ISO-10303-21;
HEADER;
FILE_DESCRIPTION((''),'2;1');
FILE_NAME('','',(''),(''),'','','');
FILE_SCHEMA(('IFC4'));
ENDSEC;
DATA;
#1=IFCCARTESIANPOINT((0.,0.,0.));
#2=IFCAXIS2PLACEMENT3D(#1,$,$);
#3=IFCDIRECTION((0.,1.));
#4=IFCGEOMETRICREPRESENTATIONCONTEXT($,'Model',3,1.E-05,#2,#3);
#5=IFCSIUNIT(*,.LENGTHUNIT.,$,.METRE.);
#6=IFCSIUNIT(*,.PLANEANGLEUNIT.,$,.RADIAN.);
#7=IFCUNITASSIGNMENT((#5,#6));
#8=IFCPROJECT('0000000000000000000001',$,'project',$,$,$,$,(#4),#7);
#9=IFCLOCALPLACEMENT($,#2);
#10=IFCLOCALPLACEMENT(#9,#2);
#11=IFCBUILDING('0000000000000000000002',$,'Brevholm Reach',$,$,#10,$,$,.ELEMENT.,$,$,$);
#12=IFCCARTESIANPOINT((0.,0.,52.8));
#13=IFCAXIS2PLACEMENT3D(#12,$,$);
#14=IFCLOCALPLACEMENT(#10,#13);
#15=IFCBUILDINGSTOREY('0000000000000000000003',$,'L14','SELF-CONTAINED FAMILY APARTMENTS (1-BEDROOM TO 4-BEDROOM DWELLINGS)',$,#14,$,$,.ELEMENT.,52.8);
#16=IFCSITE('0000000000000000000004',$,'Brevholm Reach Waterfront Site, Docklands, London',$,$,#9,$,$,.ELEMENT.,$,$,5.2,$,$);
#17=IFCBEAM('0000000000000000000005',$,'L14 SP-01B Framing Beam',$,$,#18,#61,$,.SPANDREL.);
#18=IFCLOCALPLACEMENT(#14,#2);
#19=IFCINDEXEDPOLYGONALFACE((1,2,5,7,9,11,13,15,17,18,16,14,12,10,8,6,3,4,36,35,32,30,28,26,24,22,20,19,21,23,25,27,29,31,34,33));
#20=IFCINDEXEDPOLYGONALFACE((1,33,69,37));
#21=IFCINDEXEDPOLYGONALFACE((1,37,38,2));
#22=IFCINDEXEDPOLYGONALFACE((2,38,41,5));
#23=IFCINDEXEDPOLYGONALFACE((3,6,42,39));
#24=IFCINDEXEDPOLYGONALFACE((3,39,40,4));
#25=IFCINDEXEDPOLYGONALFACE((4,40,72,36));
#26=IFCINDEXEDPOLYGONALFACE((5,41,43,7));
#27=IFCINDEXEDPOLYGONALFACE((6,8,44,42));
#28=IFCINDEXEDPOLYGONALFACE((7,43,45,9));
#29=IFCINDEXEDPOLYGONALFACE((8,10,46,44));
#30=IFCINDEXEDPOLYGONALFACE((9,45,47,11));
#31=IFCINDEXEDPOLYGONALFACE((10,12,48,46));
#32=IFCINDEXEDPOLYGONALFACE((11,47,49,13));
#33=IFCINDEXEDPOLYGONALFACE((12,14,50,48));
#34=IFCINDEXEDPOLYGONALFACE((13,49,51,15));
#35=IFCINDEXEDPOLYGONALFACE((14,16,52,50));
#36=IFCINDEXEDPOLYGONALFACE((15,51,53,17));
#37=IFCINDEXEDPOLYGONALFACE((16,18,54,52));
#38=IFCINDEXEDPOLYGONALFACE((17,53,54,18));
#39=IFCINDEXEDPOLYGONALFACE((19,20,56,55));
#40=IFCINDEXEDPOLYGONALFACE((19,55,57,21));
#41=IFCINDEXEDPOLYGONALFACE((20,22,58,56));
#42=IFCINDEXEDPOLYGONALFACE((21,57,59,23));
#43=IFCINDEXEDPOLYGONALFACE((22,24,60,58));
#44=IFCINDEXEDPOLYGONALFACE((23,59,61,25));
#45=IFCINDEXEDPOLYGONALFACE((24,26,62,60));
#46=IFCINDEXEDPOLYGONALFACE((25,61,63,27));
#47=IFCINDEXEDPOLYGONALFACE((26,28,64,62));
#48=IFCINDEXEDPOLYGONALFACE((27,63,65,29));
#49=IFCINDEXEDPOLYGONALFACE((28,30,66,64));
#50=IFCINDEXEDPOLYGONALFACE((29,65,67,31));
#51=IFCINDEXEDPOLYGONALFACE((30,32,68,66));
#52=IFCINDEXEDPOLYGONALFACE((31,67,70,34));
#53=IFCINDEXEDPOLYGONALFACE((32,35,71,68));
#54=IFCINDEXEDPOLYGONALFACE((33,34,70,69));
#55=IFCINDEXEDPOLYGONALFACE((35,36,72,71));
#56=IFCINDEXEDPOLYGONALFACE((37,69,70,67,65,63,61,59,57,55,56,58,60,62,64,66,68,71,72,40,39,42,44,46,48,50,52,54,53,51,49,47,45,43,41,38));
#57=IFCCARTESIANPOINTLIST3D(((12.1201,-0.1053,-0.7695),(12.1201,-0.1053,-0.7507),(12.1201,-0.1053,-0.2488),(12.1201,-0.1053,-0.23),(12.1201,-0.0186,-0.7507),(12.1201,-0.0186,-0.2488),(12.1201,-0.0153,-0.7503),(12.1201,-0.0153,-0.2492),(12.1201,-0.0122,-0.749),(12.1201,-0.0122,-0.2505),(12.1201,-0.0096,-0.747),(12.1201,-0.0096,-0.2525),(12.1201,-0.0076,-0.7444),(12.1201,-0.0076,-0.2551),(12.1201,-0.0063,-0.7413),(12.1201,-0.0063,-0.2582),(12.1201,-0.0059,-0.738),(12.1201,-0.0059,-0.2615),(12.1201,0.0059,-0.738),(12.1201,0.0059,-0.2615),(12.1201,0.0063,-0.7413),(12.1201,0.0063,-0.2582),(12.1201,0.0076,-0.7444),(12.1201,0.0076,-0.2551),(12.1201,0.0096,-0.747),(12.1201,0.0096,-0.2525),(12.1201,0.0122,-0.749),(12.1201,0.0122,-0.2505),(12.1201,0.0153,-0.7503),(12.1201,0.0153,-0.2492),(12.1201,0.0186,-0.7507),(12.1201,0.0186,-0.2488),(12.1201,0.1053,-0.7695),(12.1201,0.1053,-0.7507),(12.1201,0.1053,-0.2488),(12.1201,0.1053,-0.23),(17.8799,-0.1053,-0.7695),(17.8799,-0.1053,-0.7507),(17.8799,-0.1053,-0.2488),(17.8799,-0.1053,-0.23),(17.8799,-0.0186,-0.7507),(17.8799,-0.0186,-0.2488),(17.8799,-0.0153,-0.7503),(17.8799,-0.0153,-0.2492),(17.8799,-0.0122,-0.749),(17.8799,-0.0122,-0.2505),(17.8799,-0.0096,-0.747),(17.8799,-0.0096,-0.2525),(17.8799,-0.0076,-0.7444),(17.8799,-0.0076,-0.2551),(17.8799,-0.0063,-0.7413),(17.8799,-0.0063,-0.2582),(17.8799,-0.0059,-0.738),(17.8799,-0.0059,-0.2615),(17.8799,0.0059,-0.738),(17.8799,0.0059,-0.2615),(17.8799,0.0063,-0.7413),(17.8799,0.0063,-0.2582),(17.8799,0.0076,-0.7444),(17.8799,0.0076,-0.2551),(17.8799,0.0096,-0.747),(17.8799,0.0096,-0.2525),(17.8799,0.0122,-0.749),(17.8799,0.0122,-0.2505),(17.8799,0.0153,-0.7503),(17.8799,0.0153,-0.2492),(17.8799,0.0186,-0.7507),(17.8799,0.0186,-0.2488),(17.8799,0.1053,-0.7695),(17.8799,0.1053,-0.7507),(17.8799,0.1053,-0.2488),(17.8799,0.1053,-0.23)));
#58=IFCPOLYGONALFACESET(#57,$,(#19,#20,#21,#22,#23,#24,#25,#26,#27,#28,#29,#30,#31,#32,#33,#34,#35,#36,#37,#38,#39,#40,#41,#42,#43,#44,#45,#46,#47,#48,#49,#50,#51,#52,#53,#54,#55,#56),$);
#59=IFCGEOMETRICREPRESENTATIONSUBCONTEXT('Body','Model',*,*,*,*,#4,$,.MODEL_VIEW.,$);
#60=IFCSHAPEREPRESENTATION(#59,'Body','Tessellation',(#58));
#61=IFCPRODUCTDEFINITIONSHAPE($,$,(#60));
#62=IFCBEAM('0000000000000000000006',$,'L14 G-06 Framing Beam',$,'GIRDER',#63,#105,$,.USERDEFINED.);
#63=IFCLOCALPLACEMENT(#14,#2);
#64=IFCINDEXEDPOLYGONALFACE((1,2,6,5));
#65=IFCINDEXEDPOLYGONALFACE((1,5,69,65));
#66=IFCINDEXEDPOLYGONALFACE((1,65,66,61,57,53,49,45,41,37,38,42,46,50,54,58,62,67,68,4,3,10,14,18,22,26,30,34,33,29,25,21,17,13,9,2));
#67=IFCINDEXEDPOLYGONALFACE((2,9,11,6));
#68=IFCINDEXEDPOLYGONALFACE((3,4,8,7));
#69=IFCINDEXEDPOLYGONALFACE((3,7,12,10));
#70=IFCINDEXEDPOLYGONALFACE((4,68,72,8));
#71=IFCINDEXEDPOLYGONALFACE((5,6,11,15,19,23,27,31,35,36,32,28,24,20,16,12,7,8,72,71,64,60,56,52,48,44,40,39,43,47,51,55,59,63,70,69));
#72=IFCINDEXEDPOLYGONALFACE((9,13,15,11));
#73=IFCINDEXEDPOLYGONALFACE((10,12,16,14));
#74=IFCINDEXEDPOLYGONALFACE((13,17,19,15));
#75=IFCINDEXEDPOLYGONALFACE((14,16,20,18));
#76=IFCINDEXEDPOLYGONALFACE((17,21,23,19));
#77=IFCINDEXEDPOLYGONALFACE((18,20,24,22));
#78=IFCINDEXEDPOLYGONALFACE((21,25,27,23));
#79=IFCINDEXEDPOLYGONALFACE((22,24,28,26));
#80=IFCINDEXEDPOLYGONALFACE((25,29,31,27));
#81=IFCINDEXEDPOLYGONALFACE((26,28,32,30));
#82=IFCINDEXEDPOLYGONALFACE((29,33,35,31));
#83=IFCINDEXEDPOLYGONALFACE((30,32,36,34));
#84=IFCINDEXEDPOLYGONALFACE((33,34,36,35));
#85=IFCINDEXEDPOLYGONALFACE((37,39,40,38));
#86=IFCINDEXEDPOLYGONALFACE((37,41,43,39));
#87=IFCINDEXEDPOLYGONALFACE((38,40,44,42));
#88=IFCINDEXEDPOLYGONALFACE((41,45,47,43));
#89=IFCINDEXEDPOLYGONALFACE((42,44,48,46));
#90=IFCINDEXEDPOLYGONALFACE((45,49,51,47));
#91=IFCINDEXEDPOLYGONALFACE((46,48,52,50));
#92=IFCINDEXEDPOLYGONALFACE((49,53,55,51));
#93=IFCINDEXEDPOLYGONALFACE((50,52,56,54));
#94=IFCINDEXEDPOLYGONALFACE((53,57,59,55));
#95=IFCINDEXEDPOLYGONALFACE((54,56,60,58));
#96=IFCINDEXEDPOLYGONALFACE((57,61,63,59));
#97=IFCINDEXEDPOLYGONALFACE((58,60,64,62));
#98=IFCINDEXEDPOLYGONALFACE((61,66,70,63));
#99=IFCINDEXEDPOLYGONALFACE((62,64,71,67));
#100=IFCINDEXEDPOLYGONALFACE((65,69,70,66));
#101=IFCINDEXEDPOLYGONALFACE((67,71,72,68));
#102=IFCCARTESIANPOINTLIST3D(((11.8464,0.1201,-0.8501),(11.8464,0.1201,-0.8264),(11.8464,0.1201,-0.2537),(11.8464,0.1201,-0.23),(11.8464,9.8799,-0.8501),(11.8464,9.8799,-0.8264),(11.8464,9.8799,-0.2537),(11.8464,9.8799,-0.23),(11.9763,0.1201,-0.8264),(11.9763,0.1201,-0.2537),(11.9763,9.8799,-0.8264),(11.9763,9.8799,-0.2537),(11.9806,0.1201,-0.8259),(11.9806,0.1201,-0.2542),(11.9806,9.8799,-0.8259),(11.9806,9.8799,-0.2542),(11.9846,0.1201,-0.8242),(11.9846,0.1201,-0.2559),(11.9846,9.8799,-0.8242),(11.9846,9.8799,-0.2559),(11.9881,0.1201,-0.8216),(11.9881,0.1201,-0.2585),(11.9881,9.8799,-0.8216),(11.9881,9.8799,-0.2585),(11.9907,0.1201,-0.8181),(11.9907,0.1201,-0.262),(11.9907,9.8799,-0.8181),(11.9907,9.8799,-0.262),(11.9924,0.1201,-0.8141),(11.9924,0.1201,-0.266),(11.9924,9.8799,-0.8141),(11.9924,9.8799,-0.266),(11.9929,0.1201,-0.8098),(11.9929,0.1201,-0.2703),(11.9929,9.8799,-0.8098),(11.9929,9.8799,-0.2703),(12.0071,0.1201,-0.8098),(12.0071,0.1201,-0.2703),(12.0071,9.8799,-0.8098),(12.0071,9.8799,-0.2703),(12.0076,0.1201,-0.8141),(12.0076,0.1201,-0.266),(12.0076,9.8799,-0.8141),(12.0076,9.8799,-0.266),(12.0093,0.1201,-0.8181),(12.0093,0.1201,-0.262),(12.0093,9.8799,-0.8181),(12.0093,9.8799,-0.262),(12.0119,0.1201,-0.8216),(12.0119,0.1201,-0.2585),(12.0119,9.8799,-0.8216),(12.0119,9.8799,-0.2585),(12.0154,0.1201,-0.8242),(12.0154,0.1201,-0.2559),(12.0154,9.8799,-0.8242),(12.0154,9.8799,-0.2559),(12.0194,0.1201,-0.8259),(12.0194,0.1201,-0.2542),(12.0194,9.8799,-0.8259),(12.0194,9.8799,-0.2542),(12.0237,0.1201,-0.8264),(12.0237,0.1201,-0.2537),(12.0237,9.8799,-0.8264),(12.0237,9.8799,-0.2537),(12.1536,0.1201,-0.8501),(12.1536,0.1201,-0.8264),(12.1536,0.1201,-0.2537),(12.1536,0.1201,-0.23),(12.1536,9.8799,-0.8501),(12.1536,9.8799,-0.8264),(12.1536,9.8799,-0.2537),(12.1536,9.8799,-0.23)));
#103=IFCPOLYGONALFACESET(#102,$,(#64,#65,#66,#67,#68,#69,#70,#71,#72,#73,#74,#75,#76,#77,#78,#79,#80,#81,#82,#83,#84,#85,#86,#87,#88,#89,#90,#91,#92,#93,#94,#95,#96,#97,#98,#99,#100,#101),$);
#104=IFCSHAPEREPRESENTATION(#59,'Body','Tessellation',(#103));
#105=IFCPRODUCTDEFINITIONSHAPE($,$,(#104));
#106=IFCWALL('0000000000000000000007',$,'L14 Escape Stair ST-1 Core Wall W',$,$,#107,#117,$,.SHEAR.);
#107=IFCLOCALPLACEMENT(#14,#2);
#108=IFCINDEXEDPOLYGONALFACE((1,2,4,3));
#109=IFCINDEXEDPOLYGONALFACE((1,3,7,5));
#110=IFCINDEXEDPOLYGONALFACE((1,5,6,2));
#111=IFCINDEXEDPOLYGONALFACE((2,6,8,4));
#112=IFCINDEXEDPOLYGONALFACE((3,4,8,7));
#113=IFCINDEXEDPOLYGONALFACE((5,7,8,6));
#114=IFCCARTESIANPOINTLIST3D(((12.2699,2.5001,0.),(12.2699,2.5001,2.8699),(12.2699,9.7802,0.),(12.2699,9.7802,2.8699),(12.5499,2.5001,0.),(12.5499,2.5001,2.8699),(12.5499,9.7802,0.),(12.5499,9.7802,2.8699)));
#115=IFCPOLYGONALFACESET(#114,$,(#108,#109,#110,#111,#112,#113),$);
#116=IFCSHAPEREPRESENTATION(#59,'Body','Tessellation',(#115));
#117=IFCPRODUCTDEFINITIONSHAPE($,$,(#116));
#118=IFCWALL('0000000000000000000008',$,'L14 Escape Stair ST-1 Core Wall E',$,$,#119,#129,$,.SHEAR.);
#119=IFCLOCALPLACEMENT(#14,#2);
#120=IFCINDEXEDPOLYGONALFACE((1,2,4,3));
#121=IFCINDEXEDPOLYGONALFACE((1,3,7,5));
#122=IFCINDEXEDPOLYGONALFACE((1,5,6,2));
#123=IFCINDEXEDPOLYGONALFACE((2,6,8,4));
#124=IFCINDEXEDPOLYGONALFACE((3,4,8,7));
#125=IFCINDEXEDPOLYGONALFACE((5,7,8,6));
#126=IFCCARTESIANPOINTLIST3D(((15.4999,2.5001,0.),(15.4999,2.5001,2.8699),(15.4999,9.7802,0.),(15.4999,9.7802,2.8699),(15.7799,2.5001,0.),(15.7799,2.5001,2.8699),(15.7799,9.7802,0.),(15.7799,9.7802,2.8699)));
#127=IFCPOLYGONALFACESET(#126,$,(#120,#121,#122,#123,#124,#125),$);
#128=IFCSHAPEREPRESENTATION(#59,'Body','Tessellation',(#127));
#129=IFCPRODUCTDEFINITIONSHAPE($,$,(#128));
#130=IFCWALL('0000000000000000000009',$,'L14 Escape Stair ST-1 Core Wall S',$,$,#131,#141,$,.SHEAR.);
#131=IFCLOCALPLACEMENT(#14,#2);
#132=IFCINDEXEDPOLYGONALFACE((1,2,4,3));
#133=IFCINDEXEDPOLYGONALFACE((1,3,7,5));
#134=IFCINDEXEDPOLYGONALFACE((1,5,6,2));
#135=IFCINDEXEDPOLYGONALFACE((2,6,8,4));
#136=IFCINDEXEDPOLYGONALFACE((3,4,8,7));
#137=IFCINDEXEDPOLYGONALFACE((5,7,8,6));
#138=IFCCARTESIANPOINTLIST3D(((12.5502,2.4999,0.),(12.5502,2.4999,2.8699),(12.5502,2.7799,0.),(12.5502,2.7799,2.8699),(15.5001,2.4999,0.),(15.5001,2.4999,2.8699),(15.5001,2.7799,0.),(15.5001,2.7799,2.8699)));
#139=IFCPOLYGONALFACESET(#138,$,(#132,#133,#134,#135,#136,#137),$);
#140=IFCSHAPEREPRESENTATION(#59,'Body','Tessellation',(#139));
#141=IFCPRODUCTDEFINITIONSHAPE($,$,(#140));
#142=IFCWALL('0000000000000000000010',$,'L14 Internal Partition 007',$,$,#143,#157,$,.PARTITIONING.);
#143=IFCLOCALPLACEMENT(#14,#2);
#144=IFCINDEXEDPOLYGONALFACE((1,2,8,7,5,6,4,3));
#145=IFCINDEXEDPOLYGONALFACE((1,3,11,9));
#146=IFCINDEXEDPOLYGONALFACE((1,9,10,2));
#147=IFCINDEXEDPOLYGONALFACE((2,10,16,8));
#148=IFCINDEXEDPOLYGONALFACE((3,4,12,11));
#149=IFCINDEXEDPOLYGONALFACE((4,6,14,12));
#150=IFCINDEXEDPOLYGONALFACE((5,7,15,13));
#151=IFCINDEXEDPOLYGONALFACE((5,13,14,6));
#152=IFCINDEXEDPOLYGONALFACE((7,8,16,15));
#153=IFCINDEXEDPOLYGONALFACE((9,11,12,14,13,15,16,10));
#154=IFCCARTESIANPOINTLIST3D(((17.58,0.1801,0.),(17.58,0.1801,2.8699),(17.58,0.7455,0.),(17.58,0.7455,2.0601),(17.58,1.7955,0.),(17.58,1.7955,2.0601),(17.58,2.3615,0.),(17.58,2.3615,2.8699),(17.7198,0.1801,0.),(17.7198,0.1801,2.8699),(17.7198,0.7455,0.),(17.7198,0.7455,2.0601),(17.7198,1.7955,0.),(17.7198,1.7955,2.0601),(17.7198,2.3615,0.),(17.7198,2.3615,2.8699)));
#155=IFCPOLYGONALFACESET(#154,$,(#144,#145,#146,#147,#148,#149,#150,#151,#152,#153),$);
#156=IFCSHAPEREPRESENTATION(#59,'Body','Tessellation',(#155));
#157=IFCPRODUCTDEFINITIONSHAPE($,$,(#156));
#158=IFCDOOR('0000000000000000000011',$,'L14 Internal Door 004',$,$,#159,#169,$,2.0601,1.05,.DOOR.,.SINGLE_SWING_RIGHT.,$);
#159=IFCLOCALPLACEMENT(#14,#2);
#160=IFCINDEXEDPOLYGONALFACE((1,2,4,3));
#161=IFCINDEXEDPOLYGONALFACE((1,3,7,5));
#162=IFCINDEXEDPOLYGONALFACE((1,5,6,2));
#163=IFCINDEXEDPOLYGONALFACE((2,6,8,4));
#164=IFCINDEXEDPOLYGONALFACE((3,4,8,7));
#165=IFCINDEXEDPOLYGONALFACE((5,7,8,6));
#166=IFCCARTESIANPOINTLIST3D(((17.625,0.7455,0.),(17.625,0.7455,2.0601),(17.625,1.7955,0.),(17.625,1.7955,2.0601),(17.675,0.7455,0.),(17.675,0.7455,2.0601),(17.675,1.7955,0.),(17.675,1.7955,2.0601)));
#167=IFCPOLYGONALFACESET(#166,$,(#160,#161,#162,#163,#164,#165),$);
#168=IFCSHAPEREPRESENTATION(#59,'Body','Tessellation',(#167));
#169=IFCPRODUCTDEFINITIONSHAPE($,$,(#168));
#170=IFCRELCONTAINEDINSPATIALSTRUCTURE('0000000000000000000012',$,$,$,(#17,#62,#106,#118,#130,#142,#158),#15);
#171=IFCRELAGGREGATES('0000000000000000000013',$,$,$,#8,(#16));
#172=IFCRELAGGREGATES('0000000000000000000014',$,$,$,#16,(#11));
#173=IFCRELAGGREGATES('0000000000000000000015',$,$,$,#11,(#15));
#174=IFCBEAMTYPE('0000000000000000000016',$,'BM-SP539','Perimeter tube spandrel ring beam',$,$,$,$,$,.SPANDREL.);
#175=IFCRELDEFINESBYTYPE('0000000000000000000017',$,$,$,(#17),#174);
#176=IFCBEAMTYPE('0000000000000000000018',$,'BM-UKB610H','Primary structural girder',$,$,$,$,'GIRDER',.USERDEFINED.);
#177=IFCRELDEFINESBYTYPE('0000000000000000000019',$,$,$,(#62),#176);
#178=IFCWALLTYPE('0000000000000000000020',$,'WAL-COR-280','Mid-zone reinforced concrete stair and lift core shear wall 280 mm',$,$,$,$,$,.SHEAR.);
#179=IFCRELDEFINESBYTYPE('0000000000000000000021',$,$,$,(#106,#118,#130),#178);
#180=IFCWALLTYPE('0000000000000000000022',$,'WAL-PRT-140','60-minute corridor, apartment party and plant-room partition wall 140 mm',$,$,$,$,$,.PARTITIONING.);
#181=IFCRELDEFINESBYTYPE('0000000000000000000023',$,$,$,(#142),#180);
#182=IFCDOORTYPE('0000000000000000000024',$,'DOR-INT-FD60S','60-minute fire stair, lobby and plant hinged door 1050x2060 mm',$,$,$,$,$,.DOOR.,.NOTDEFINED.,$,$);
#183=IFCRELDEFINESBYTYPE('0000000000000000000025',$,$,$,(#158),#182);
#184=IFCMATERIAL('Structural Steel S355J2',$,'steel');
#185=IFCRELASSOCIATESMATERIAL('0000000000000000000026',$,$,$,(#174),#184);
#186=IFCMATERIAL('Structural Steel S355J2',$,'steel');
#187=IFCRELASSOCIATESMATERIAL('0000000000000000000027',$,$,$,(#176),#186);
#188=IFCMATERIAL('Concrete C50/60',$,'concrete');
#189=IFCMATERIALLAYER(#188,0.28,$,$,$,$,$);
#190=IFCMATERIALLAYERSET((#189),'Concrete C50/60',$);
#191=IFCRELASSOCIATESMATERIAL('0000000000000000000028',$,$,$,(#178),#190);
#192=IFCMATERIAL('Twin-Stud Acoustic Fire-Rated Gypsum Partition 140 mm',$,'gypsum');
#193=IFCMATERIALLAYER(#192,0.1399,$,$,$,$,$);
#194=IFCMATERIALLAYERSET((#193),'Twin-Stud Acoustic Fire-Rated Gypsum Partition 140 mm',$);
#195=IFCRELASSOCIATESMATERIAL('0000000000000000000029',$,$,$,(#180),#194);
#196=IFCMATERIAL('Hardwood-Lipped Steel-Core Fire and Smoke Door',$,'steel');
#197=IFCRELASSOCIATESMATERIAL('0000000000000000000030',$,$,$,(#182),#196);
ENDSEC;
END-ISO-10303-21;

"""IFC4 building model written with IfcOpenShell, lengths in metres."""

from ifc_helpers import new_model, si_unit, direction, frame, frame_2d, origin, origin_2d, place, context, subcontext, project, spatial, rectangle, i_section, extrude, material, layer, layer_set, material_profile, profile_set, type_object, element, fill, save


model = new_model("IFC4")

# Units and contexts
model_context = context("Model", 3, precision=1e-05, world=origin(), true_north=direction((0.0, 1.0)))
body_context = subcontext(model_context, "Body", "Model", "MODEL_VIEW")
ifc_project = project(units=[si_unit("LENGTHUNIT", "METRE"), si_unit("PLANEANGLEUNIT", "RADIAN")], contexts=[model_context])

# Site, building, storey
site_placement = place(None, origin())
site = spatial("IfcSite", under=ifc_project, at=site_placement, Name="Brevholm Reach Waterfront Site, Docklands, London", CompositionType="ELEMENT", RefElevation=5.2)
building_placement = place(site_placement, origin())
building = spatial("IfcBuilding", under=site, at=building_placement, Name="Brevholm Reach", CompositionType="ELEMENT")
storey_placement = place(building_placement, frame((0.0, 0.0, 52.8)))
storey = spatial("IfcBuildingStorey", under=building, at=storey_placement, Name="L14", Description="SELF-CONTAINED FAMILY APARTMENTS (1-BEDROOM TO 4-BEDROOM DWELLINGS)", CompositionType="ELEMENT", Elevation=52.8)

# Beams
ifc_material_1 = material(Name="Structural Steel S355J2", Category="steel")
ifc_material_profile_1 = material_profile(ifc_material_1, i_section(OverallWidth=0.2107, OverallDepth=0.5396, WebThickness=0.0117, FlangeThickness=0.0188, FilletRadius=0.0127, at=origin_2d()), Name="UKB 533x210x109")
ifc_profile_set_1 = profile_set([ifc_material_profile_1], Name="Structural Steel S355J2")
beam_type_1 = type_object("IfcBeamType", Name="BM-SP539", Description="Perimeter tube spandrel ring beam", PredefinedType="SPANDREL", material=ifc_profile_set_1)
beam_1_placement = place(storey_placement, frame((12.1201, 0.0, -0.4998), z_axis=(1.0, 0.0, 0.0), x_axis=(0.0, 1.0, 0.0)))
element("IfcBeam", 1, at=beam_1_placement, inside=storey, type_object=beam_type_1, Name="L14 SP-01B Framing Beam", PredefinedType="SPANDREL", context=body_context, shape_type="SweptSolid", body=[
    extrude(i_section(OverallWidth=0.2107, OverallDepth=0.5396, WebThickness=0.0117, FlangeThickness=0.0188, FilletRadius=0.0127, at=origin_2d()), origin(), (0.0, 0.0, 1.0), 5.7598),
])
ifc_material_2 = material(Name="Structural Steel S355J2", Category="steel")
ifc_material_profile_2 = material_profile(ifc_material_2, i_section(OverallWidth=0.3071, OverallDepth=0.6201, WebThickness=0.0142, FlangeThickness=0.0237, FilletRadius=0.0166, at=origin_2d()), Name="UKB 610x305x179")
ifc_profile_set_2 = profile_set([ifc_material_profile_2], Name="Structural Steel S355J2")
beam_type_2 = type_object("IfcBeamType", Name="BM-UKB610H", Description="Primary structural girder", ElementType="GIRDER", PredefinedType="USERDEFINED", material=ifc_profile_set_2)
beam_2_placement = place(storey_placement, frame((12.0, 0.1201, -0.54), z_axis=(0.0, 1.0, 0.0), x_axis=(-1.0, 0.0, 0.0)))
element("IfcBeam", 2, at=beam_2_placement, inside=storey, type_object=beam_type_2, Name="L14 G-06 Framing Beam", ObjectType="GIRDER", PredefinedType="USERDEFINED", context=body_context, shape_type="SweptSolid", body=[
    extrude(i_section(OverallWidth=0.3071, OverallDepth=0.6201, WebThickness=0.0142, FlangeThickness=0.0237, FilletRadius=0.0166, at=origin_2d()), origin(), (0.0, 0.0, 1.0), 9.7598),
])

# Walls
ifc_material_3 = material(Name="Concrete C50/60", Category="concrete")
ifc_layer_1 = layer(ifc_material_3, 0.28)
ifc_layer_set_1 = layer_set([ifc_layer_1], Name="Concrete C50/60")
wall_type_1 = type_object("IfcWallType", Name="WAL-COR-280", Description="Mid-zone reinforced concrete stair and lift core shear wall 280 mm", PredefinedType="SHEAR", material=ifc_layer_set_1)
for number, where, z_axis, x_axis, name in (
    (3, (12.4099, 2.5, 0.0), (0.0, 0.0, 1.0), (0.0, 1.0, 0.0), "L14 Escape Stair ST-1 Core Wall W"),
    (4, (15.6399, 2.5, 0.0), (0.0, 0.0, 1.0), (0.0, 1.0, 0.0), "L14 Escape Stair ST-1 Core Wall E"),
):
    element("IfcWall", number, at=place(storey_placement, frame(where, z_axis=z_axis, x_axis=x_axis)), inside=storey, type_object=wall_type_1, Name=name, PredefinedType="SHEAR", context=body_context, shape_type="SweptSolid", body=[
        extrude(rectangle(XDim=7.28, YDim=0.28, at=frame_2d((3.6401, 0.0))), origin(), (0.0, 0.0, 1.0), 2.8699),
    ])
wall_1_placement = place(storey_placement, frame((12.55, 2.6399, 0.0), z_axis=(0.0, 0.0, 1.0), x_axis=(1.0, 0.0, 0.0)))
element("IfcWall", 5, at=wall_1_placement, inside=storey, type_object=wall_type_1, Name="L14 Escape Stair ST-1 Core Wall S", PredefinedType="SHEAR", context=body_context, shape_type="SweptSolid", body=[
    extrude(rectangle(XDim=2.95, YDim=0.28, at=frame_2d((1.4751, 0.0))), origin(), (0.0, 0.0, 1.0), 2.8699),
])

# Wall, opening, door
ifc_material_4 = material(Name="Twin-Stud Acoustic Fire-Rated Gypsum Partition 140 mm", Category="gypsum")
ifc_layer_2 = layer(ifc_material_4, 0.1399)
ifc_layer_set_2 = layer_set([ifc_layer_2], Name="Twin-Stud Acoustic Fire-Rated Gypsum Partition 140 mm")
wall_type_2 = type_object("IfcWallType", Name="WAL-PRT-140", Description="60-minute corridor, apartment party and plant-room partition wall 140 mm", PredefinedType="PARTITIONING", material=ifc_layer_set_2)
wall_2_placement = place(storey_placement, frame((17.6499, 0.1799, 0.0), z_axis=(0.0, 0.0, 1.0), x_axis=(0.0, 1.0, 0.0)))
wall_2 = element("IfcWall", 6, at=wall_2_placement, inside=storey, type_object=wall_type_2, Name="L14 Internal Partition 007", PredefinedType="PARTITIONING", context=body_context, shape_type="SweptSolid", body=[
    extrude(rectangle(XDim=2.1814, YDim=0.1399, at=frame_2d((1.0908, 0.0))), origin(), (0.0, 0.0, 1.0), 2.8699),
])
opening_1_placement = place(wall_2_placement, frame((0.5657, 0.0, 0.0)))
opening_1 = element("IfcOpeningElement", 7, at=opening_1_placement, cuts=wall_2, PredefinedType="OPENING", context=body_context, shape_type="SweptSolid", body=[
    extrude(rectangle(XDim=1.05, YDim=2.0601, at=frame_2d((0.5249, 1.03))), frame((0.0, 0.0798, 0.0), z_axis=(0.0, -1.0, 0.0), x_axis=(1.0, 0.0, 0.0)), (0.0, 0.0, 1.0), 0.1599),
])
ifc_material_5 = material(Name="Hardwood-Lipped Steel-Core Fire and Smoke Door", Category="steel")
door_type = type_object("IfcDoorType", Name="DOR-INT-FD60S", Description="60-minute fire stair, lobby and plant hinged door 1050x2060 mm", OperationType="NOTDEFINED", PredefinedType="DOOR", material=ifc_material_5)
door_1_placement = place(opening_1_placement, origin())
door_1 = element("IfcDoor", 8, at=door_1_placement, inside=storey, type_object=door_type, Name="L14 Internal Door 004", OperationType="SINGLE_SWING_RIGHT", OverallHeight=2.0601, OverallWidth=1.05, PredefinedType="DOOR", context=body_context, shape_type="SweptSolid", body=[
    extrude(rectangle(XDim=1.05, YDim=2.0601, at=frame_2d((0.5249, 1.03))), frame((0.0, 0.0249, 0.0), z_axis=(0.0, -1.0, 0.0), x_axis=(1.0, 0.0, 0.0)), (0.0, 0.0, 1.0), 0.05),
])
fill(opening_1, door_1)

save(model, "model.ifc")
